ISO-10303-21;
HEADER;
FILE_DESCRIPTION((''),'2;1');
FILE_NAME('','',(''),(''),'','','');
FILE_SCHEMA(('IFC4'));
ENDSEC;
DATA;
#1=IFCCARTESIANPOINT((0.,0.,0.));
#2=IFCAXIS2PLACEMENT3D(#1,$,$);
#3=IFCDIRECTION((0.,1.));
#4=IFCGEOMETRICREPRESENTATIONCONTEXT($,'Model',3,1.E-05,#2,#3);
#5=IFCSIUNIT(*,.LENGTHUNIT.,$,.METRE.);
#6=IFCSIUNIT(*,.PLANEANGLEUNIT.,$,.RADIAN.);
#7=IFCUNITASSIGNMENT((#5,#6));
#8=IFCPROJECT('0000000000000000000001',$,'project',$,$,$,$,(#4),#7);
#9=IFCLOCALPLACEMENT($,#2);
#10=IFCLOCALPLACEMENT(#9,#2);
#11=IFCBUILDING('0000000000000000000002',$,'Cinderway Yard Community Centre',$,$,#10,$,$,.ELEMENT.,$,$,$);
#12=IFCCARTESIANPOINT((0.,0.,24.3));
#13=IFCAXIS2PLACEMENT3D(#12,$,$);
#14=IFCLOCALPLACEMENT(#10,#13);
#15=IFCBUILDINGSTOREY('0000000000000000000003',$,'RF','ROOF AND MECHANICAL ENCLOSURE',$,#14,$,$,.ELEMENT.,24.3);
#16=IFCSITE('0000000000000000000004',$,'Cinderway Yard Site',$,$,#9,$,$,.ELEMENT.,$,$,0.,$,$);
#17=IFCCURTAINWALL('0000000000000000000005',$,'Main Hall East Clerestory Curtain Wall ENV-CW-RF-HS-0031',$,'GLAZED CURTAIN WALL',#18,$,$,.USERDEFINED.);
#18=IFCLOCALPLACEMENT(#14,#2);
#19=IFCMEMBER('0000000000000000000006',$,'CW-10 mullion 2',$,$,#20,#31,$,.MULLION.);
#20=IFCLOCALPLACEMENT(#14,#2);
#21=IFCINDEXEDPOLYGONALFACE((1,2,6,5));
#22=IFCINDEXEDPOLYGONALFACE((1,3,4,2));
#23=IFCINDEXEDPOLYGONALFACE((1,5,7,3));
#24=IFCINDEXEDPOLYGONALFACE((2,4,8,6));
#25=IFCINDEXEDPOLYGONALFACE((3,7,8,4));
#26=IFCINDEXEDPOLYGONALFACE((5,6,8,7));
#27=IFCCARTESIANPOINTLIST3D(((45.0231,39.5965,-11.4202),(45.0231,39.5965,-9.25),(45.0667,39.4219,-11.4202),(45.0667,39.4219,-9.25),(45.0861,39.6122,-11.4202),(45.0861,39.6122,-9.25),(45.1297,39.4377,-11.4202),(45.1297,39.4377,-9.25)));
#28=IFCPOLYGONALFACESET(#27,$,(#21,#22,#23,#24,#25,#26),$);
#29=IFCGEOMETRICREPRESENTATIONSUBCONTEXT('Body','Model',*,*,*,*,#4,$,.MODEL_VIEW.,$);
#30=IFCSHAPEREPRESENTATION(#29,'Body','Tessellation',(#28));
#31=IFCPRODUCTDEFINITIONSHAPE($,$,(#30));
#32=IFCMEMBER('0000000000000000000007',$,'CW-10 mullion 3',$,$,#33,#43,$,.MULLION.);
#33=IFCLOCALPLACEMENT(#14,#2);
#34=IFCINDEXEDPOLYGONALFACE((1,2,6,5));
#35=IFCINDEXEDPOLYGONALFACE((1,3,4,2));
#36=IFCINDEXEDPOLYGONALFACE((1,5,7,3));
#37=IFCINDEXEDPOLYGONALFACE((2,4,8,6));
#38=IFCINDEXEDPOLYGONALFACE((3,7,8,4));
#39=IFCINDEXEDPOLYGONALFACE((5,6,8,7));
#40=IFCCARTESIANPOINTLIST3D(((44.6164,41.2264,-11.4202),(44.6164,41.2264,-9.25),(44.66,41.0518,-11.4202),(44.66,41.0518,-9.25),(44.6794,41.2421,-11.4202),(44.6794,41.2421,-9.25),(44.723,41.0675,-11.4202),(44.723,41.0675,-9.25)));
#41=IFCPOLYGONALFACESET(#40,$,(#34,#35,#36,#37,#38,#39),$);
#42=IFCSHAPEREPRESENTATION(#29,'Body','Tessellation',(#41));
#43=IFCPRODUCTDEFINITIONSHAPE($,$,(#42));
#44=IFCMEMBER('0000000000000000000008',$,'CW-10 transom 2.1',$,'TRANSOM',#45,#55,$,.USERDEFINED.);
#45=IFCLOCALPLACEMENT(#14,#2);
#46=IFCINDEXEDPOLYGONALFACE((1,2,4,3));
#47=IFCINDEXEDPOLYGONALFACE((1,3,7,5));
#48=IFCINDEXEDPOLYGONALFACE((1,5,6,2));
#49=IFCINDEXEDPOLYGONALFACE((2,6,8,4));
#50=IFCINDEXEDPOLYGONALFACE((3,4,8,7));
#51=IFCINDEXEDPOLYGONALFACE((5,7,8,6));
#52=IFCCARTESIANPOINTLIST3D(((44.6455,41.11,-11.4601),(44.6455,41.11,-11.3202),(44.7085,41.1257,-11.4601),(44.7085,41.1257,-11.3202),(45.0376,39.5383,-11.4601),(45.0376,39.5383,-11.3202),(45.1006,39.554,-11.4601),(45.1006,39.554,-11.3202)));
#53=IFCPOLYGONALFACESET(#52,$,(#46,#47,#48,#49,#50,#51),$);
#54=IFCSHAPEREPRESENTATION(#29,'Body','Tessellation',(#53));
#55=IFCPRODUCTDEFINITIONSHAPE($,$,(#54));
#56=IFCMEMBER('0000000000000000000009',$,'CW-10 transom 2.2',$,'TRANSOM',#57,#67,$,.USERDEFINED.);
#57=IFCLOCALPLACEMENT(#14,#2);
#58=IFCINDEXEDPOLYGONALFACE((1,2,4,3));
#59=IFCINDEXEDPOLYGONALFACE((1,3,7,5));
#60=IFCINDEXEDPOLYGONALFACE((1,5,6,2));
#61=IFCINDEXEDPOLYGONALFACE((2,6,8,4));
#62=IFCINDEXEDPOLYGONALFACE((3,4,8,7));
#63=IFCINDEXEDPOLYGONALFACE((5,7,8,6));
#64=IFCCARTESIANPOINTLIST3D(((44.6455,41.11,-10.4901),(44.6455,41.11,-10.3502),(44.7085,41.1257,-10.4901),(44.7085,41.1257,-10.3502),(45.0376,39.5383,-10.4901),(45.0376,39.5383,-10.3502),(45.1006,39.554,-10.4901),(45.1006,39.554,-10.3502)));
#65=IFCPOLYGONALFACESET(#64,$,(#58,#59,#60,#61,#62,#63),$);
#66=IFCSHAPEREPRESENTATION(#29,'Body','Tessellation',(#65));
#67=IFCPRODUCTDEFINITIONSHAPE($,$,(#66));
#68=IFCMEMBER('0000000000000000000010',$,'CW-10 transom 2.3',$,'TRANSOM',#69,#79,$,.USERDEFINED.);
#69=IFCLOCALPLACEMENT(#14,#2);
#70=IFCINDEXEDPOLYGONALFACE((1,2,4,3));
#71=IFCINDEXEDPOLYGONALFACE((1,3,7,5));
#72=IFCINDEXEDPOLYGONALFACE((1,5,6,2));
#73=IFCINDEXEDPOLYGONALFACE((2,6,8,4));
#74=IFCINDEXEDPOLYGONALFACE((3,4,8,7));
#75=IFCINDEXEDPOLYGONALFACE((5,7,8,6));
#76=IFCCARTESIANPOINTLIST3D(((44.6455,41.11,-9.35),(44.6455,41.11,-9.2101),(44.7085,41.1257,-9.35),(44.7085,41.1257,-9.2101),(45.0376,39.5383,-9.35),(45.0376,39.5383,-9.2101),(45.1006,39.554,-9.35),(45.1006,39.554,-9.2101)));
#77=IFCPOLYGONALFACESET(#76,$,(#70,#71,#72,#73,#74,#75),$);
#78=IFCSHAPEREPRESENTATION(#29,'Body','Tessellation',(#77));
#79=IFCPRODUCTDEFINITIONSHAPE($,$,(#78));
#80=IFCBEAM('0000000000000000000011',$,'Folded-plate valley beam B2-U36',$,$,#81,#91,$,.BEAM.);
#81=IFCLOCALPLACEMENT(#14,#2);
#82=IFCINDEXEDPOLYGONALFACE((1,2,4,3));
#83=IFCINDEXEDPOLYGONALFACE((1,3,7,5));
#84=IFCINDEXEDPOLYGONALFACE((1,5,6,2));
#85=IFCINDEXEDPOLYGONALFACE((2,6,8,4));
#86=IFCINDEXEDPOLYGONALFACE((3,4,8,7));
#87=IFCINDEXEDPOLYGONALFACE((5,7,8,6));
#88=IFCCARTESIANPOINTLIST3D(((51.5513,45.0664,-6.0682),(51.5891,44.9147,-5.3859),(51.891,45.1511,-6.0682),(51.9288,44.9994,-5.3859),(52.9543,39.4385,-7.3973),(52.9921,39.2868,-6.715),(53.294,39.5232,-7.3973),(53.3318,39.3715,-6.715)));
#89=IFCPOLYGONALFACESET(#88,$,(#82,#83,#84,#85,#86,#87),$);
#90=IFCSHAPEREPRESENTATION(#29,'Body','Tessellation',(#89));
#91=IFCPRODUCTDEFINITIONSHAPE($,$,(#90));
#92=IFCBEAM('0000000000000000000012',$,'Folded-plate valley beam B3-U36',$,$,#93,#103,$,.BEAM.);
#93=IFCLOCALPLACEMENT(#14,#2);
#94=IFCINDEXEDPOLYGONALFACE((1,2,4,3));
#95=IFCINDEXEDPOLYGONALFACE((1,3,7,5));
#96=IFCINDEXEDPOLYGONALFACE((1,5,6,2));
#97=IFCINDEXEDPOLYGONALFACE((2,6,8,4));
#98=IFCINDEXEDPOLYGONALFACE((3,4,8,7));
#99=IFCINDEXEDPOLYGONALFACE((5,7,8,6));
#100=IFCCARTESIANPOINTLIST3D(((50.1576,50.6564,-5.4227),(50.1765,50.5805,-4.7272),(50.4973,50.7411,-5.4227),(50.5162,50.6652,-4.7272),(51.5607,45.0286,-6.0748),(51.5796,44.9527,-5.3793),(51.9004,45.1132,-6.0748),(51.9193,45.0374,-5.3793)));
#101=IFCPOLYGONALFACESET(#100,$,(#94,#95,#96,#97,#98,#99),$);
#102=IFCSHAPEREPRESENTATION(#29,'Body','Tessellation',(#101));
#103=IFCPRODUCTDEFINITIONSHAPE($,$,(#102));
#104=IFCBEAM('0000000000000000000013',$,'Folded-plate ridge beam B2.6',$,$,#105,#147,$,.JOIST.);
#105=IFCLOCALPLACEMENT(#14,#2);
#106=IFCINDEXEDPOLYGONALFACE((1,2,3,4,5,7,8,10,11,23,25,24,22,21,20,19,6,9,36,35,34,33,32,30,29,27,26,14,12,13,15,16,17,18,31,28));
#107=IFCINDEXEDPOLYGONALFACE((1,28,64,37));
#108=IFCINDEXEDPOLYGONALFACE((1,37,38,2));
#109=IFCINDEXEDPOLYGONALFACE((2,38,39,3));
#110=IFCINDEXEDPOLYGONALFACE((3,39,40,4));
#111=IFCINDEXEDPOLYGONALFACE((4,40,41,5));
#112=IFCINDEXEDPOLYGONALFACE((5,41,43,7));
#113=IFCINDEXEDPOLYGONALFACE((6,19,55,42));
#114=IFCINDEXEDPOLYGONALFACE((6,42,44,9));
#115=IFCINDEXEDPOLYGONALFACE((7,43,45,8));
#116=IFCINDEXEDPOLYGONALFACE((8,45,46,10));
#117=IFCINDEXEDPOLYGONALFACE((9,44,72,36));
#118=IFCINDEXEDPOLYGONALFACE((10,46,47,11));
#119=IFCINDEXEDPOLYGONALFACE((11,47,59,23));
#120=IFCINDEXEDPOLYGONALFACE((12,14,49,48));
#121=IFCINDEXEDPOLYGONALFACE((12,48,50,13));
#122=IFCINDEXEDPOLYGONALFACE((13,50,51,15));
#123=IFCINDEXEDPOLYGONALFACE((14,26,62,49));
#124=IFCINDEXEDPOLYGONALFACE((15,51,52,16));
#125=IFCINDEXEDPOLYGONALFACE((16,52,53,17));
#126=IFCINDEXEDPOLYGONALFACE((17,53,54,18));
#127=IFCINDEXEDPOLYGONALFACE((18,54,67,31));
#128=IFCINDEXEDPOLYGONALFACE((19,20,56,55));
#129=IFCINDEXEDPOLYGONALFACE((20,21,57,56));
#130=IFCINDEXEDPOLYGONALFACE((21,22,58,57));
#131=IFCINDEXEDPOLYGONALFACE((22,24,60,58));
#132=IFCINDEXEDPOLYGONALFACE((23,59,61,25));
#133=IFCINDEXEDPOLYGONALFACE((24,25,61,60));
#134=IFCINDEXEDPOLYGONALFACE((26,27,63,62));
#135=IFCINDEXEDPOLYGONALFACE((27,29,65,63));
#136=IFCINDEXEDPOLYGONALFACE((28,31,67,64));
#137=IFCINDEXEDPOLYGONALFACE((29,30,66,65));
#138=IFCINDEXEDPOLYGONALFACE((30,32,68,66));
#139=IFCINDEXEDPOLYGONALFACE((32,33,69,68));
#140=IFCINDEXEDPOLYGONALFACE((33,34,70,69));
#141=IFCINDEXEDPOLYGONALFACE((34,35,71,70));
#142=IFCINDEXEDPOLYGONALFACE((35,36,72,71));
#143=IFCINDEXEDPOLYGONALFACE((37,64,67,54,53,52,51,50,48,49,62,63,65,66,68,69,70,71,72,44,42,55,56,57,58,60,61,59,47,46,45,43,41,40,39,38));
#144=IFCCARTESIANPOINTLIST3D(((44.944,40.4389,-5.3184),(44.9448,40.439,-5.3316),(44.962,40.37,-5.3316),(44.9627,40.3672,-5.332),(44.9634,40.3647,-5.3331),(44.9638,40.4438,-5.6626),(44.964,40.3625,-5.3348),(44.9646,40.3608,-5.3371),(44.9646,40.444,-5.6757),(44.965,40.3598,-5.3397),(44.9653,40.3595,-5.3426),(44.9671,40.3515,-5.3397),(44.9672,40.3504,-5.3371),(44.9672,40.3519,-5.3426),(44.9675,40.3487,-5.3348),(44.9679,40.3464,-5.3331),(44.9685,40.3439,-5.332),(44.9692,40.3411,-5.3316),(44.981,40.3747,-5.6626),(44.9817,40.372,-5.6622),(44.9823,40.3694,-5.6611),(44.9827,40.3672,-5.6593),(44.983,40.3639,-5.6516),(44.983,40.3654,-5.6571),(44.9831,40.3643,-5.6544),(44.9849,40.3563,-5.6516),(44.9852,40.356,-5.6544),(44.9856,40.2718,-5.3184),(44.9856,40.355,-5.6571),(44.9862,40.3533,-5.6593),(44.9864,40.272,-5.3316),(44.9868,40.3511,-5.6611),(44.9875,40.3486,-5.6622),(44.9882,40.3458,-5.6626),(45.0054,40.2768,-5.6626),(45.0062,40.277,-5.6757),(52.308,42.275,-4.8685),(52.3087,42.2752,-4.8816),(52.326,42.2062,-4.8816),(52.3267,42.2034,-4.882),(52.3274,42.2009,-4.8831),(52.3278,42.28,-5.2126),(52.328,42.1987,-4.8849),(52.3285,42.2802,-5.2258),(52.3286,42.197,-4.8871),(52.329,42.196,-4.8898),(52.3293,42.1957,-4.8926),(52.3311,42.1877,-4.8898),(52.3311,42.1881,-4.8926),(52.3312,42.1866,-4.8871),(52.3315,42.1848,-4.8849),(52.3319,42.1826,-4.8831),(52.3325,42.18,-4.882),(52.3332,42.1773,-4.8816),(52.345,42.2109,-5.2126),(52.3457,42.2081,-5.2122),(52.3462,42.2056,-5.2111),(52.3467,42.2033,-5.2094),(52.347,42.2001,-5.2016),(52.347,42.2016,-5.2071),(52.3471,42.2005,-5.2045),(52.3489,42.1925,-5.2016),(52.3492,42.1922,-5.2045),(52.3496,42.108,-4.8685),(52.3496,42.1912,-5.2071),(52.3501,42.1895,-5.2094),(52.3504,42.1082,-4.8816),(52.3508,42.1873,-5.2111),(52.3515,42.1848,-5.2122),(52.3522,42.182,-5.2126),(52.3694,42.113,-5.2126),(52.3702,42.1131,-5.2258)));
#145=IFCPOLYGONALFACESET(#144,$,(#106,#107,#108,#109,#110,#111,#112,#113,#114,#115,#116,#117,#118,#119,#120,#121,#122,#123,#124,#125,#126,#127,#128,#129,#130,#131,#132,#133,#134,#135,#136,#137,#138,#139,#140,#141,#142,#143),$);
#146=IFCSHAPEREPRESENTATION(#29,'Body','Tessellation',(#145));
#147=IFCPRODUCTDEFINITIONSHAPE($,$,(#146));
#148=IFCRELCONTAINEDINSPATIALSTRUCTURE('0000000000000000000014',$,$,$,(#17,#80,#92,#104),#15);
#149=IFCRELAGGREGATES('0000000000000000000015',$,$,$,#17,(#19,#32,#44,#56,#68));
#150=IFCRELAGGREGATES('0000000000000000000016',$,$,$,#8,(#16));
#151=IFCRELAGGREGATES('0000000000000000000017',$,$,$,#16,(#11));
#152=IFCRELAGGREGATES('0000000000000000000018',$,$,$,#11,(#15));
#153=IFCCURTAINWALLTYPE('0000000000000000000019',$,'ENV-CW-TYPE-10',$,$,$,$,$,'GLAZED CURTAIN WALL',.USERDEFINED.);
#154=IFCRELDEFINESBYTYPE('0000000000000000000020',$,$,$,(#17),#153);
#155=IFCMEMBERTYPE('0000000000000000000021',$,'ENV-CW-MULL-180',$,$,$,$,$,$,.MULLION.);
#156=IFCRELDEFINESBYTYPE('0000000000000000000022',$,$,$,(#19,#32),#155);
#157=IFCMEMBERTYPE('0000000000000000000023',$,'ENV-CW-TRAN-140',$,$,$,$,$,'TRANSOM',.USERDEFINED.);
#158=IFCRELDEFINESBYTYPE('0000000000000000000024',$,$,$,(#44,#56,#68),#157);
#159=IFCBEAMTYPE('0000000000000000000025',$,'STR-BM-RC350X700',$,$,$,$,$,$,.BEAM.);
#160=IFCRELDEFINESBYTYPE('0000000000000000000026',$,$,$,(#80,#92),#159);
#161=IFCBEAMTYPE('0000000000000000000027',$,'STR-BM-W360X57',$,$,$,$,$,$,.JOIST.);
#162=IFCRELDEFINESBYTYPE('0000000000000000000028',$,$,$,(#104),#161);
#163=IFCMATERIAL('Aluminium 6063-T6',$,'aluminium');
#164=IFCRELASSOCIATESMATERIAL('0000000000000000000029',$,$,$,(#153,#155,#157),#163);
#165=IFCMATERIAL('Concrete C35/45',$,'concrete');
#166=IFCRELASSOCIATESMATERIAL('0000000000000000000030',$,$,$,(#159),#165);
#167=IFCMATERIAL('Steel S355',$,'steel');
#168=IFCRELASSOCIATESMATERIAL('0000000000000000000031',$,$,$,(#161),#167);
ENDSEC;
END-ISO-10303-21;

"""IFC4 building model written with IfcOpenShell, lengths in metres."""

from ifc_helpers import new_model, si_unit, direction, frame, origin, origin_2d, place, context, subcontext, project, spatial, rectangle, i_section, extrude, material, material_profile, profile_set, type_object, element, aggregate, save


model = new_model("IFC4")

# Units and contexts
model_context = context("Model", 3, precision=1e-05, world=origin(), true_north=direction((0.0, 1.0)))
body_context = subcontext(model_context, "Body", "Model", "MODEL_VIEW")
ifc_project = project(units=[si_unit("LENGTHUNIT", "METRE"), si_unit("PLANEANGLEUNIT", "RADIAN")], contexts=[model_context])

# Site, building, storey
site_placement = place(None, origin())
site = spatial("IfcSite", under=ifc_project, at=site_placement, Name="Cinderway Yard Site", CompositionType="ELEMENT", RefElevation=0.0)
building_placement = place(site_placement, origin())
building = spatial("IfcBuilding", under=site, at=building_placement, Name="Cinderway Yard Community Centre", CompositionType="ELEMENT")
storey_placement = place(building_placement, frame((0.0, 0.0, 24.3)))
storey = spatial("IfcBuildingStorey", under=building, at=storey_placement, Name="RF", Description="ROOF AND MECHANICAL ENCLOSURE", CompositionType="ELEMENT", Elevation=24.3)

# Curtain wall, members
ifc_material_1 = material(Name="Aluminium 6063-T6", Category="aluminium")
curtain_wall_type = type_object("IfcCurtainWallType", Name="ENV-CW-TYPE-10", ElementType="GLAZED CURTAIN WALL", PredefinedType="USERDEFINED", material=ifc_material_1)
curtain_wall_placement = place(storey_placement, origin())
curtain_wall = element("IfcCurtainWall", 1, at=curtain_wall_placement, inside=storey, type_object=curtain_wall_type, Name="Main Hall East Clerestory Curtain Wall ENV-CW-RF-HS-0031", ObjectType="GLAZED CURTAIN WALL", PredefinedType="USERDEFINED")
ifc_material_profile_1 = material_profile(ifc_material_1, rectangle(XDim=0.0649, YDim=0.1799, at=origin_2d()), Name="Aluminium 6063-T6")
ifc_profile_set_1 = profile_set([ifc_material_profile_1], Name="Aluminium 6063-T6")
member_type_1 = type_object("IfcMemberType", Name="ENV-CW-MULL-180", PredefinedType="MULLION", material=ifc_profile_set_1)
member_1_placement = place(storey_placement, frame((45.0764, 39.5171, -11.4202), z_axis=(0.0, 0.0, 1.0), x_axis=(-0.970259, -0.242069, 0.0)))
member_1 = element("IfcMember", 2, at=member_1_placement, type_object=member_type_1, Name="CW-10 mullion 2", PredefinedType="MULLION", context=body_context, shape_type="SweptSolid", body=[
    extrude(rectangle(XDim=0.0649, YDim=0.1799, at=origin_2d()), origin(), (0.0, 0.0, 1.0), 2.1702),
])
member_2_placement = place(storey_placement, frame((44.6697, 41.147, -11.4202), z_axis=(0.0, 0.0, 1.0), x_axis=(-0.970259, -0.242069, 0.0)))
member_2 = element("IfcMember", 3, at=member_2_placement, type_object=member_type_1, Name="CW-10 mullion 3", PredefinedType="MULLION", context=body_context, shape_type="SweptSolid", body=[
    extrude(rectangle(XDim=0.0649, YDim=0.1799, at=origin_2d()), origin(), (0.0, 0.0, 1.0), 2.1702),
])
ifc_material_profile_2 = material_profile(ifc_material_1, rectangle(XDim=0.0649, YDim=0.1399, at=origin_2d()), Name="Aluminium 6063-T6")
ifc_profile_set_2 = profile_set([ifc_material_profile_2], Name="Aluminium 6063-T6")
member_type_2 = type_object("IfcMemberType", Name="ENV-CW-TRAN-140", ElementType="TRANSOM", PredefinedType="USERDEFINED", material=ifc_profile_set_2)
member_3_placement = place(storey_placement, frame((45.0691, 39.5461, -11.3901), z_axis=(-0.242039, 0.970266, 0.0), x_axis=(-0.970266, -0.242039, 0.0)))
member_3 = element("IfcMember", 4, at=member_3_placement, type_object=member_type_2, Name="CW-10 transom 2.1", ObjectType="TRANSOM", PredefinedType="USERDEFINED", context=body_context, shape_type="SweptSolid", body=[
    extrude(rectangle(XDim=0.0649, YDim=0.1399, at=origin_2d()), origin(), (0.0, 0.0, 1.0), 1.6199),
])
member_4_placement = place(storey_placement, frame((45.0691, 39.5461, -10.4202), z_axis=(-0.242039, 0.970266, 0.0), x_axis=(-0.970266, -0.242039, 0.0)))
member_4 = element("IfcMember", 5, at=member_4_placement, type_object=member_type_2, Name="CW-10 transom 2.2", ObjectType="TRANSOM", PredefinedType="USERDEFINED", context=body_context, shape_type="SweptSolid", body=[
    extrude(rectangle(XDim=0.0649, YDim=0.1399, at=origin_2d()), origin(), (0.0, 0.0, 1.0), 1.6199),
])
member_5_placement = place(storey_placement, frame((45.0691, 39.5461, -9.28), z_axis=(-0.242039, 0.970266, 0.0), x_axis=(-0.970266, -0.242039, 0.0)))
member_5 = element("IfcMember", 6, at=member_5_placement, type_object=member_type_2, Name="CW-10 transom 2.3", ObjectType="TRANSOM", PredefinedType="USERDEFINED", context=body_context, shape_type="SweptSolid", body=[
    extrude(rectangle(XDim=0.0649, YDim=0.1399, at=origin_2d()), origin(), (0.0, 0.0, 1.0), 1.6199),
])

# Beams
ifc_material_2 = material(Name="Concrete C35/45", Category="concrete")
ifc_material_profile_3 = material_profile(ifc_material_2, rectangle(XDim=0.3501, YDim=0.7, at=origin_2d()), Name="Concrete C35/45")
ifc_profile_set_3 = profile_set([ifc_material_profile_3], Name="Concrete C35/45")
beam_type_1 = type_object("IfcBeamType", Name="STR-BM-RC350X700", PredefinedType="BEAM", material=ifc_profile_set_3)
beam_1_placement = place(storey_placement, frame((53.1431, 39.405, -7.0562), z_axis=(-0.23579, 0.945787, 0.223359), x_axis=(-0.970301, -0.241902, 0.0)))
element("IfcBeam", 7, at=beam_1_placement, inside=storey, type_object=beam_type_1, Name="Folded-plate valley beam B2-U36", PredefinedType="BEAM", context=body_context, shape_type="SweptSolid", body=[
    extrude(rectangle(XDim=0.3501, YDim=0.7, at=origin_2d()), origin(), (0.0, 0.0, 1.0), 5.9504),
])
beam_2_placement = place(storey_placement, frame((51.74, 45.033, -5.7271), z_axis=(-0.240387, 0.964226, 0.111723), x_axis=(-0.970301, -0.241902, 0.0)))
element("IfcBeam", 8, at=beam_2_placement, inside=storey, type_object=beam_type_1, Name="Folded-plate valley beam B3-U36", PredefinedType="BEAM", context=body_context, shape_type="SweptSolid", body=[
    extrude(rectangle(XDim=0.3501, YDim=0.7, at=origin_2d()), origin(), (0.0, 0.0, 1.0), 5.8367),
])
ifc_material_3 = material(Name="Steel S355", Category="steel")
ifc_material_profile_4 = material_profile(ifc_material_3, i_section(OverallWidth=0.1721, OverallDepth=0.3579, WebThickness=0.0078, FlangeThickness=0.0132, FilletRadius=0.011, at=origin_2d()), Name="Steel S355")
ifc_profile_set_4 = profile_set([ifc_material_profile_4], Name="Steel S355")
beam_type_2 = type_object("IfcBeamType", Name="STR-BM-W360X57", PredefinedType="JOIST", material=ifc_profile_set_4)
beam_3_placement = place(storey_placement, frame((44.9751, 40.3579, -5.4971), z_axis=(0.968591, 0.241514, 0.059182), x_axis=(-0.241938, 0.970292, 0.0)))
element("IfcBeam", 9, at=beam_3_placement, inside=storey, type_object=beam_type_2, Name="Folded-plate ridge beam B2.6", PredefinedType="JOIST", context=body_context, shape_type="SweptSolid", body=[
    extrude(i_section(OverallWidth=0.1721, OverallDepth=0.3579, WebThickness=0.0078, FlangeThickness=0.0132, FilletRadius=0.011, at=origin_2d()), origin(), (0.0, 0.0, 1.0), 7.6028),
])

aggregate(curtain_wall, [member_1, member_2, member_3, member_4, member_5])

save(model, "model.ifc")
